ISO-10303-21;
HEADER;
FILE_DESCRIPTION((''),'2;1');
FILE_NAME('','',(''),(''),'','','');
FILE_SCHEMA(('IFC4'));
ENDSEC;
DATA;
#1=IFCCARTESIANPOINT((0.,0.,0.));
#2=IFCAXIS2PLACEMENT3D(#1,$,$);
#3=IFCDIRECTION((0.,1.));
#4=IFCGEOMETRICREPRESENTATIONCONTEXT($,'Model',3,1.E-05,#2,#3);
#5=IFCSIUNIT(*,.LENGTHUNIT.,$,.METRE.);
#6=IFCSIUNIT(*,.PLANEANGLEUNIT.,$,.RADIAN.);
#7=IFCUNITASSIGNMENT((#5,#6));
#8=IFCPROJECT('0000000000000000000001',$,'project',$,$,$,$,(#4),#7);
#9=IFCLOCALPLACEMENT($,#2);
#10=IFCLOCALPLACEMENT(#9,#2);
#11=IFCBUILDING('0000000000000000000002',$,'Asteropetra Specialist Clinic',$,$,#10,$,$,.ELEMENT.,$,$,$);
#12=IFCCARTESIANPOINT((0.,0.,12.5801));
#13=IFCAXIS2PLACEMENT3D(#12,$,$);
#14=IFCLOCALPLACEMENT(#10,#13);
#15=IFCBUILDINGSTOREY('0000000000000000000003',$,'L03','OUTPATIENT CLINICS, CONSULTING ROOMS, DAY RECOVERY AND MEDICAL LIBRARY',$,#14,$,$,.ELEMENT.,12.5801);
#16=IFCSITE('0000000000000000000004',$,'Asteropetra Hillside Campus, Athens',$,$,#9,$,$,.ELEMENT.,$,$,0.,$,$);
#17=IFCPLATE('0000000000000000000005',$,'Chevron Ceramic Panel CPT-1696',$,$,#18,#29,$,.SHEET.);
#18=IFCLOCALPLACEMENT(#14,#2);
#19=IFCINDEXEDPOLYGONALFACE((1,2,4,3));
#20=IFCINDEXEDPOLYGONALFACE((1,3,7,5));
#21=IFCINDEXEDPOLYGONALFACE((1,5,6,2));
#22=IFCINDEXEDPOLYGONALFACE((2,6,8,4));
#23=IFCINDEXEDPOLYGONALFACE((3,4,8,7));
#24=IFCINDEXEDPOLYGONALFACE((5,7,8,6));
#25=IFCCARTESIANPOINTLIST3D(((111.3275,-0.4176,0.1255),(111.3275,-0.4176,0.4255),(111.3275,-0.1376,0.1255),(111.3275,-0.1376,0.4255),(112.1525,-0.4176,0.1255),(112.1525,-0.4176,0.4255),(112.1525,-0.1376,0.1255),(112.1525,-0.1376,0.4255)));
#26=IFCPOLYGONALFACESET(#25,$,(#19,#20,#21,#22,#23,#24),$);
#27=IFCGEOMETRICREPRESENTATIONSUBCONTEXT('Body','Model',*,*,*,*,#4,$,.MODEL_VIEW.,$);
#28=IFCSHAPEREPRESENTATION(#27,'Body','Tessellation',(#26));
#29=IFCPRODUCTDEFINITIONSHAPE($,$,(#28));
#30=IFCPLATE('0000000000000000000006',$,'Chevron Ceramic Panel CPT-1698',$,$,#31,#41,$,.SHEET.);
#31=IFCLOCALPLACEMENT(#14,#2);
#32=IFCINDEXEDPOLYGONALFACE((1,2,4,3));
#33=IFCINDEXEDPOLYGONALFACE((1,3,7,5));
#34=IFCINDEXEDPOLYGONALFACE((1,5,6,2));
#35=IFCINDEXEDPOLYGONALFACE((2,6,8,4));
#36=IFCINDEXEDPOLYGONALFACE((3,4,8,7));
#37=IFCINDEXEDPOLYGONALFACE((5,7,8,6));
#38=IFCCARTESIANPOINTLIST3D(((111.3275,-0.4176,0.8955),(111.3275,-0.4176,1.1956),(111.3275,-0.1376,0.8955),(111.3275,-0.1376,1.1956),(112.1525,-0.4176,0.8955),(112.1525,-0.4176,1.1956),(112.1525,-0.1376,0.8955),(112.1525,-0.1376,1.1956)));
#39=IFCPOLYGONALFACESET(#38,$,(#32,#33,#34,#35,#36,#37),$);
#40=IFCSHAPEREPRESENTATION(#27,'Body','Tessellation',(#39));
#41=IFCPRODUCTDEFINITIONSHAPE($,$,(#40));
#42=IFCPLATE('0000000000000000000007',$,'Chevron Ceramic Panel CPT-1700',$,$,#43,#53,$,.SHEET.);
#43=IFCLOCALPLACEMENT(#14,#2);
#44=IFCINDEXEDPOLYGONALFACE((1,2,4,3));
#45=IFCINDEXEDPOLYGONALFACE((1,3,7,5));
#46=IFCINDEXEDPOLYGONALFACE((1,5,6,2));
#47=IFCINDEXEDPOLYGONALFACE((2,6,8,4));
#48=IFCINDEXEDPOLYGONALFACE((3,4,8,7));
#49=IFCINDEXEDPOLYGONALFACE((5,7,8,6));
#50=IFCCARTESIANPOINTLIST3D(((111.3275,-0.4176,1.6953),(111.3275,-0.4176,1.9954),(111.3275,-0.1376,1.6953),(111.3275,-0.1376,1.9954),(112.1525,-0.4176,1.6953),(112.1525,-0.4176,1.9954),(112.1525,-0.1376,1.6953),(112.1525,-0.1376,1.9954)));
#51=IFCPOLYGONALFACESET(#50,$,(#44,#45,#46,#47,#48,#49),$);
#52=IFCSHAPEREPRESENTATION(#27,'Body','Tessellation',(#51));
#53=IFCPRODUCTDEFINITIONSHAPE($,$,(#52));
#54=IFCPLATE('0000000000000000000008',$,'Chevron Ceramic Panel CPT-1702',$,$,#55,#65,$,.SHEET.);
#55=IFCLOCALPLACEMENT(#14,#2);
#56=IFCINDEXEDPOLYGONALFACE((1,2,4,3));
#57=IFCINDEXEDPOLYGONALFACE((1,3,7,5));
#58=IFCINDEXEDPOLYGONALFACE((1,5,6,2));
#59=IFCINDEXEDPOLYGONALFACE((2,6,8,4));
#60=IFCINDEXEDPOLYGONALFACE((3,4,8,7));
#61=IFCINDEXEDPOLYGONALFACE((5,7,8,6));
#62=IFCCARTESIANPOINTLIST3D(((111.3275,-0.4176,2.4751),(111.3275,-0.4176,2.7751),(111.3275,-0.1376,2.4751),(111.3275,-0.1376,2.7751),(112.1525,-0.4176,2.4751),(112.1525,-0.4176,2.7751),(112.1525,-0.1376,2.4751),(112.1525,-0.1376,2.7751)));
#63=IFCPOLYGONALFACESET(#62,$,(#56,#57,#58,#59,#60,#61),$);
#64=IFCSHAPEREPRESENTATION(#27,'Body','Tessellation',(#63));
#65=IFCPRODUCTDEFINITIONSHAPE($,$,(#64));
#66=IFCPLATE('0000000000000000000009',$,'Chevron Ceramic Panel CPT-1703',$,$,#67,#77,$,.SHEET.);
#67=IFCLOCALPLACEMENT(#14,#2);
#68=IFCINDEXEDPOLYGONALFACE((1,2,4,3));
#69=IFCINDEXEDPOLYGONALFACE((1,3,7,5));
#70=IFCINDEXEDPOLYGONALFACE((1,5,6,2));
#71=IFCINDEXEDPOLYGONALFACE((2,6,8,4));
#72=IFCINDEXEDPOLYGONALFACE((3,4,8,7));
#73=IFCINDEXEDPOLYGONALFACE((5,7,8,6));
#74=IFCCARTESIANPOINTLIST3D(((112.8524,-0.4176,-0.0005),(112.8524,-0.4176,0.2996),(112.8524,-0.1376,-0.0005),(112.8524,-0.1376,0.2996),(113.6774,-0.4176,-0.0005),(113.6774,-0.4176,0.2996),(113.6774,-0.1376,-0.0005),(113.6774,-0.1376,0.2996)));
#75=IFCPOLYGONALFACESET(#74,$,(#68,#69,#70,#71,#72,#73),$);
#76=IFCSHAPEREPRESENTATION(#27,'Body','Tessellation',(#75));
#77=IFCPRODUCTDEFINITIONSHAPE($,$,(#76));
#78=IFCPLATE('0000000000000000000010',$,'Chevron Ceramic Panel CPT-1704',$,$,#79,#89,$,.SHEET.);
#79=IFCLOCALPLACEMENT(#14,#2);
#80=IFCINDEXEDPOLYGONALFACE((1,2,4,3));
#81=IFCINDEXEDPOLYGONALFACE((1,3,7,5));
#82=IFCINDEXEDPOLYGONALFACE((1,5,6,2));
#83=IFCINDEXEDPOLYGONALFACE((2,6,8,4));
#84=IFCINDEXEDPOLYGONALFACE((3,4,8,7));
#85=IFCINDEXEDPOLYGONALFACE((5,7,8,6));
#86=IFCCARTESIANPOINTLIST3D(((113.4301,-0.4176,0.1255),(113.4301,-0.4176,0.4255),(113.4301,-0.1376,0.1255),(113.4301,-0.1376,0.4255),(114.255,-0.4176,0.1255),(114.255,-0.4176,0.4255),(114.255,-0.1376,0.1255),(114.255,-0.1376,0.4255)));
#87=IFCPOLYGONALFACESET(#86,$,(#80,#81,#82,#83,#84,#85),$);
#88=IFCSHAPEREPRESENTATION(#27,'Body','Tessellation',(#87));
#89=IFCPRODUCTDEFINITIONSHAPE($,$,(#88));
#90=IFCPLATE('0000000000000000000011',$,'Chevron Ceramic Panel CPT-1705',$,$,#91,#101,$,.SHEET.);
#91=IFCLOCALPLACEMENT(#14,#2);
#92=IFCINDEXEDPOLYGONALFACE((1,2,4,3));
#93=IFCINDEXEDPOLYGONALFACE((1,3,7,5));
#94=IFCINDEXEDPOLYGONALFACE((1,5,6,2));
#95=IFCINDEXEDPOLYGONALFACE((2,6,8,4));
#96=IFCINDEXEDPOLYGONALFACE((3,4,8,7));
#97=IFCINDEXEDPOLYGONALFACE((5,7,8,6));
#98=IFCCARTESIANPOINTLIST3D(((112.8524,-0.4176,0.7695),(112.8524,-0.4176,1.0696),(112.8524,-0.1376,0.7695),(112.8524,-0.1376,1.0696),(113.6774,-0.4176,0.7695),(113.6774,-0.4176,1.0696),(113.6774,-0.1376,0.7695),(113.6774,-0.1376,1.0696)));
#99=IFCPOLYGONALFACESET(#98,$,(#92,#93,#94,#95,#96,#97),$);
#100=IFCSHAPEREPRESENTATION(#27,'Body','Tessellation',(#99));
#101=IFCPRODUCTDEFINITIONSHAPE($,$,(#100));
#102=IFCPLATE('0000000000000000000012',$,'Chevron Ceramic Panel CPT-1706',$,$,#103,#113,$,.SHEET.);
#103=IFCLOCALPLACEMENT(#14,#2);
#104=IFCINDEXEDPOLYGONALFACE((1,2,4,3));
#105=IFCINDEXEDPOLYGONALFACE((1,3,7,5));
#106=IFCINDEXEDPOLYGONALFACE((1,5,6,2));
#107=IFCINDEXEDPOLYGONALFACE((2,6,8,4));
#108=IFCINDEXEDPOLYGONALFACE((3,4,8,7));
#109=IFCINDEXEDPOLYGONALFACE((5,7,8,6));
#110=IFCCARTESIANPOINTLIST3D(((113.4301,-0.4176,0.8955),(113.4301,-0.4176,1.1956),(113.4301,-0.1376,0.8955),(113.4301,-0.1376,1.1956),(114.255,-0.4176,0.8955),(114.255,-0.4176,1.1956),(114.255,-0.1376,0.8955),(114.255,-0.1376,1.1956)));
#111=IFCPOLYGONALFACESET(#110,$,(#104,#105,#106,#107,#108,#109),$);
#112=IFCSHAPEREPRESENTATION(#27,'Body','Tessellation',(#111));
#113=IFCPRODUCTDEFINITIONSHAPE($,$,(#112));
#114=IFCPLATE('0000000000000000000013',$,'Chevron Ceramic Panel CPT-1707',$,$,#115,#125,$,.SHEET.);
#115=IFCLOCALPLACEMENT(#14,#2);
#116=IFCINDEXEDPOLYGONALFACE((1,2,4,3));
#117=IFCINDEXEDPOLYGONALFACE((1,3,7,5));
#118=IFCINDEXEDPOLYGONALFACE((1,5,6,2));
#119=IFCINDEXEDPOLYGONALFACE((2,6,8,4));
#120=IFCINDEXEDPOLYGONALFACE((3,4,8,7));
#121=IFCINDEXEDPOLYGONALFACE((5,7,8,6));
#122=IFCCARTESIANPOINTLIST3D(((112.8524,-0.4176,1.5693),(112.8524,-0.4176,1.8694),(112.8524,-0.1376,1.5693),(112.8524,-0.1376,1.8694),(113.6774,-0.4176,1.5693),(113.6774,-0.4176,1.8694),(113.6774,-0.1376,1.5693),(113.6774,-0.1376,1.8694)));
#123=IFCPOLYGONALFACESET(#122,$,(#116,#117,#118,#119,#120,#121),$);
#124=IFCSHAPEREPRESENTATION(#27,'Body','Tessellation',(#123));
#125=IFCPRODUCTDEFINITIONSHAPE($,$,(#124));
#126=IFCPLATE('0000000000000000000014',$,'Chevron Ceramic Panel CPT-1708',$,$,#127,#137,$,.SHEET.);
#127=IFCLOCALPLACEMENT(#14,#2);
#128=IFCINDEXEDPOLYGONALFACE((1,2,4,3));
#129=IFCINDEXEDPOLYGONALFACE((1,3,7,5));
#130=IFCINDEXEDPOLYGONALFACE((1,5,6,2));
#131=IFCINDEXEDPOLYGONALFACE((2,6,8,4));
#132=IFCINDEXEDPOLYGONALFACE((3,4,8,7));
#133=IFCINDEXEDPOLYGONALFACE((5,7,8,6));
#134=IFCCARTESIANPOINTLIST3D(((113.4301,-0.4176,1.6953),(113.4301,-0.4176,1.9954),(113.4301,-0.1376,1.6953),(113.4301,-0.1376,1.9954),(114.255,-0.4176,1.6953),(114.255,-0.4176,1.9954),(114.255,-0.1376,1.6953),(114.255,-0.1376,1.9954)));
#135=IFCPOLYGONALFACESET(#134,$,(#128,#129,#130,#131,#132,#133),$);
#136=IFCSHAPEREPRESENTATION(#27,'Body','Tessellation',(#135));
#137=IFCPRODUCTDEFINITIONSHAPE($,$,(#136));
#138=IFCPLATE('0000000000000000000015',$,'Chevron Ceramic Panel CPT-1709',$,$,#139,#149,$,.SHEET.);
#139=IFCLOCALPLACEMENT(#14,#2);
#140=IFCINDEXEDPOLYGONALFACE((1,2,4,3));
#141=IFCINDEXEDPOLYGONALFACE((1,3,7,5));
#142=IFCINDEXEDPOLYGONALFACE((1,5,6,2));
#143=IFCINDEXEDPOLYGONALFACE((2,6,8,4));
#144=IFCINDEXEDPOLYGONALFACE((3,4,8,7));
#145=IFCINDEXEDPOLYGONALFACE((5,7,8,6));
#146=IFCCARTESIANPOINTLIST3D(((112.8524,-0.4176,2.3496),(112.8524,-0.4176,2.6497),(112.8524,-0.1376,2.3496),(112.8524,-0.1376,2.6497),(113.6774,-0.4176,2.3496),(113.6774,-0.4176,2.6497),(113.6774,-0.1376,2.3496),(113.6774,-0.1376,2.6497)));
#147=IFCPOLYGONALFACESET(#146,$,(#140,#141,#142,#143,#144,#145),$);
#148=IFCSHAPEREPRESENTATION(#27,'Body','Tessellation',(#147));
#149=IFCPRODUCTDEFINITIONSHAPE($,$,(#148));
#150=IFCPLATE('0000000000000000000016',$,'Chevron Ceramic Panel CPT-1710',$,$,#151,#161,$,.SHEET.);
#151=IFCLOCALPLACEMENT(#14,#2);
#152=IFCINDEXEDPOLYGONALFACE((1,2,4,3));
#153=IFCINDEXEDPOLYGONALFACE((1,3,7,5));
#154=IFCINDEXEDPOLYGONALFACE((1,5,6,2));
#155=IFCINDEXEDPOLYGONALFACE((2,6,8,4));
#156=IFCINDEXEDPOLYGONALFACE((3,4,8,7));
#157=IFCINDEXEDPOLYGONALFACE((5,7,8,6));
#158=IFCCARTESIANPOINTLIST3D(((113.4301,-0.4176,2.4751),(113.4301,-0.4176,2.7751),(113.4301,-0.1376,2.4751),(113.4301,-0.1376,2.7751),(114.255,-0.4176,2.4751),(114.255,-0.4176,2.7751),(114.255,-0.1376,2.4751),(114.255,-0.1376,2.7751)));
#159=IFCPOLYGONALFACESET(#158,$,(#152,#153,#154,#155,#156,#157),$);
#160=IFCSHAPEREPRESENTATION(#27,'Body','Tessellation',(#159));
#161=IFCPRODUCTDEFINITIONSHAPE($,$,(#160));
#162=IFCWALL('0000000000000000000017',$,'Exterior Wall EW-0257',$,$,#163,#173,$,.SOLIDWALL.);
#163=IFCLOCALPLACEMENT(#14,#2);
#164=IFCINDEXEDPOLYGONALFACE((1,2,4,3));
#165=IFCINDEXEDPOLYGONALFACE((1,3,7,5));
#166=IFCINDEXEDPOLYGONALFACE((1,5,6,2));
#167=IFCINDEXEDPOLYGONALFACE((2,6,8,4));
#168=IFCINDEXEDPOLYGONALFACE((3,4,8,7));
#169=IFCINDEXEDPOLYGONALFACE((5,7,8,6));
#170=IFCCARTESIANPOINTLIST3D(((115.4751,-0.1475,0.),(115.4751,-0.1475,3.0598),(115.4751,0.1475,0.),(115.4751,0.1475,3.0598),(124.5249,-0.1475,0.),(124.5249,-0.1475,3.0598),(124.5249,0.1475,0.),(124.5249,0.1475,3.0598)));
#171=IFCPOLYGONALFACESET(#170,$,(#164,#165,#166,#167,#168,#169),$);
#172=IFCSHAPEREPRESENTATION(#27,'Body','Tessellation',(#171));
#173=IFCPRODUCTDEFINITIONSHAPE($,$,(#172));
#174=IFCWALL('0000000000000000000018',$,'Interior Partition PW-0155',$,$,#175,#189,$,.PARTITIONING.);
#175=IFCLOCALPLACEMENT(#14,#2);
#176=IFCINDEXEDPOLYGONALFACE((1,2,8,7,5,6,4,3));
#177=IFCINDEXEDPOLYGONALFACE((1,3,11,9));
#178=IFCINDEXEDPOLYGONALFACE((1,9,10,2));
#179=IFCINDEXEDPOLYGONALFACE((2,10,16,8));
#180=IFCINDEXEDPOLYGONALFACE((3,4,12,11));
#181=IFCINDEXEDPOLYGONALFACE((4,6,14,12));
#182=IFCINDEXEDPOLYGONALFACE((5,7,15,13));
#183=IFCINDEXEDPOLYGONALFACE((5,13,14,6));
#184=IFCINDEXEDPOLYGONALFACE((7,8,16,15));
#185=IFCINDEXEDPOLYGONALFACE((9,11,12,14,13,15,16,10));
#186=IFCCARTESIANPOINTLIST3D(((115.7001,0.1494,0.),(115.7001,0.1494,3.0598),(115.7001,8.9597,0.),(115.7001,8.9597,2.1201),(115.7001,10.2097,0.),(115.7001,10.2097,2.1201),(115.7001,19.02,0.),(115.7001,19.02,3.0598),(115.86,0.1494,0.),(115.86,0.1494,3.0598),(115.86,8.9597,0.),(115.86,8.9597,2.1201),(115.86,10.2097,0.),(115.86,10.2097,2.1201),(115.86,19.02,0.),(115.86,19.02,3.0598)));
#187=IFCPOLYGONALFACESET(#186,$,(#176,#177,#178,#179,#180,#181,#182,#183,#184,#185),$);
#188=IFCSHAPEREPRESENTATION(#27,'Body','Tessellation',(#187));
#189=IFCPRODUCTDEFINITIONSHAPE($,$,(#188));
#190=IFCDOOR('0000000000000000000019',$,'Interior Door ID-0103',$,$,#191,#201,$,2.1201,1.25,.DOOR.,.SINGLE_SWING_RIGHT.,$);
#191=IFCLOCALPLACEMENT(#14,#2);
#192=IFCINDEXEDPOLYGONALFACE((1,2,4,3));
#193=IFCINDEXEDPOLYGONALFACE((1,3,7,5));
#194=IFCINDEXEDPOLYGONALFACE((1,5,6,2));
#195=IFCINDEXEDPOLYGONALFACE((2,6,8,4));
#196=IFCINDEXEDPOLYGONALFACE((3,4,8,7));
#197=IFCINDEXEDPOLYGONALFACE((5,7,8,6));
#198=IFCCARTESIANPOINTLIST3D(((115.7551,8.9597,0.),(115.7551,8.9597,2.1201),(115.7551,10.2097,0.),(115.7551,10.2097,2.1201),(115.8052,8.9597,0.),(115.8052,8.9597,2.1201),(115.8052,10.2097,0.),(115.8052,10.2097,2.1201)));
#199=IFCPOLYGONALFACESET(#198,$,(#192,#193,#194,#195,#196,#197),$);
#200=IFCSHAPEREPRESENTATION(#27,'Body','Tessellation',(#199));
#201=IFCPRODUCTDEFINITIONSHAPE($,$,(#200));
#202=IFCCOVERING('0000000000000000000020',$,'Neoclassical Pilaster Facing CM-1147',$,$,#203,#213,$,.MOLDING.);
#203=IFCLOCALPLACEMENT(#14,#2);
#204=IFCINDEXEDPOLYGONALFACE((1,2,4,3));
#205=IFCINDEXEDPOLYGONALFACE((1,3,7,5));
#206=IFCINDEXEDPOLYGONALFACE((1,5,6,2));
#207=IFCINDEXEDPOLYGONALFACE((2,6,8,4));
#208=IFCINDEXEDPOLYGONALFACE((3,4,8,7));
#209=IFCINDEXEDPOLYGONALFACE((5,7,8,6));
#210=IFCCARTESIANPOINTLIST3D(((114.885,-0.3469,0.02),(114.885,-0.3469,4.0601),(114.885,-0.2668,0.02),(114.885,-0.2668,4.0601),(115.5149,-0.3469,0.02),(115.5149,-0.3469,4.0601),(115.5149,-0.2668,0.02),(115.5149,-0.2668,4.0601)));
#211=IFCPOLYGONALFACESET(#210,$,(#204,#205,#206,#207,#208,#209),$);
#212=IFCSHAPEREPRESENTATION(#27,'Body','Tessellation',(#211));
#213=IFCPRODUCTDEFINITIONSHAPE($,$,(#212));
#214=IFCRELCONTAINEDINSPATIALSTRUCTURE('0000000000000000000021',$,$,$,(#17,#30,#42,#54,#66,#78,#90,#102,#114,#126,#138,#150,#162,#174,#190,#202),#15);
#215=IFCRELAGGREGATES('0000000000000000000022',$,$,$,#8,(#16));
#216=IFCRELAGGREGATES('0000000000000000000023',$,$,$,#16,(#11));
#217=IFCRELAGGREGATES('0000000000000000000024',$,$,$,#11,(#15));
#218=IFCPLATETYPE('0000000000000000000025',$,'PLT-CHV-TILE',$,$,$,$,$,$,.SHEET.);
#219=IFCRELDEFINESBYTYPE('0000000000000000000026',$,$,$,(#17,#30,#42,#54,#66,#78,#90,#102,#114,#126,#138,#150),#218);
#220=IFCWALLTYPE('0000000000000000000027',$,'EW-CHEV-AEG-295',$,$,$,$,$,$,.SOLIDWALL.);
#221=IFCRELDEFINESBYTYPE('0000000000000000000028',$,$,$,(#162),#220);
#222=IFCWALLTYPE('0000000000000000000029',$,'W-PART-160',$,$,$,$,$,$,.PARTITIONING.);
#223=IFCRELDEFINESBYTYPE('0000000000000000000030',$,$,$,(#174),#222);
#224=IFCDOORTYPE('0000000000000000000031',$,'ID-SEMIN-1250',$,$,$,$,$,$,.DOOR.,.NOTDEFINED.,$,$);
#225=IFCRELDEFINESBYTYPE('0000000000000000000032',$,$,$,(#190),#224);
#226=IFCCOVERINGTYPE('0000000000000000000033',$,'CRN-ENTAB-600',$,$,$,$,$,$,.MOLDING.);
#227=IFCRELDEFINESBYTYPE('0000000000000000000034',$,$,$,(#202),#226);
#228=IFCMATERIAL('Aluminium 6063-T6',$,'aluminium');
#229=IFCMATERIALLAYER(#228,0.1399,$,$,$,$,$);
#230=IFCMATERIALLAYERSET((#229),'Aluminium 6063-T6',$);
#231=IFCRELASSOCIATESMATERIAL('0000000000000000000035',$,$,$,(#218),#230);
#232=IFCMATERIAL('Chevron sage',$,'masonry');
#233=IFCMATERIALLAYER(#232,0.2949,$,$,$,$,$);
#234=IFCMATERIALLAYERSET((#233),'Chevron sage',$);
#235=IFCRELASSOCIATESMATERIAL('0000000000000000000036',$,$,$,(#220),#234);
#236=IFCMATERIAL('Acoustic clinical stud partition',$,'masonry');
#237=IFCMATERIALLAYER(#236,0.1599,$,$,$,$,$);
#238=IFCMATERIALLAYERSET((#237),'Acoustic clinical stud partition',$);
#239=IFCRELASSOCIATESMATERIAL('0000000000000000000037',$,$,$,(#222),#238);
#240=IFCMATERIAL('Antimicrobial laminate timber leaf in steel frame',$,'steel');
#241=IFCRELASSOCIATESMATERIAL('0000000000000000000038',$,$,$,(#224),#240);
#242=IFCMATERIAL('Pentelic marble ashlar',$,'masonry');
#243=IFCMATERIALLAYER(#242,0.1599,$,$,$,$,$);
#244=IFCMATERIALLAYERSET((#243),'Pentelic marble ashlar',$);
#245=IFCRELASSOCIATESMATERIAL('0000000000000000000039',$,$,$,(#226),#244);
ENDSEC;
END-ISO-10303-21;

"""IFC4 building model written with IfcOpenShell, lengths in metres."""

from ifc_helpers import new_model, si_unit, direction, frame, frame_2d, origin, origin_2d, place, context, subcontext, project, spatial, rectangle, extrude, material, layer, layer_set, type_object, element, fill, save


model = new_model("IFC4")

# Units and contexts
model_context = context("Model", 3, precision=1e-05, world=origin(), true_north=direction((0.0, 1.0)))
body_context = subcontext(model_context, "Body", "Model", "MODEL_VIEW")
ifc_project = project(units=[si_unit("LENGTHUNIT", "METRE"), si_unit("PLANEANGLEUNIT", "RADIAN")], contexts=[model_context])

# Site, building, storey
site_placement = place(None, origin())
site = spatial("IfcSite", under=ifc_project, at=site_placement, Name="Asteropetra Hillside Campus, Athens", CompositionType="ELEMENT", RefElevation=0.0)
building_placement = place(site_placement, origin())
building = spatial("IfcBuilding", under=site, at=building_placement, Name="Asteropetra Specialist Clinic", CompositionType="ELEMENT")
storey_placement = place(building_placement, frame((0.0, 0.0, 12.5801)))
storey = spatial("IfcBuildingStorey", under=building, at=storey_placement, Name="L03", Description="OUTPATIENT CLINICS, CONSULTING ROOMS, DAY RECOVERY AND MEDICAL LIBRARY", CompositionType="ELEMENT", Elevation=12.5801)

# Plates
ifc_material_1 = material(Name="Aluminium 6063-T6", Category="aluminium")
ifc_layer_1 = layer(ifc_material_1, 0.1399)
ifc_layer_set_1 = layer_set([ifc_layer_1], Name="Aluminium 6063-T6")
plate_type_1 = type_object("IfcPlateType", Name="PLT-CHV-TILE", PredefinedType="SHEET", material=ifc_layer_set_1)
for number, where, z_axis, x_axis, name in (
    (1, (111.74, -0.2776, 0.1255), (0.0, 0.0, 1.0), (1.0, 0.0, 0.0), "Chevron Ceramic Panel CPT-1696"),
    (2, (111.74, -0.2776, 0.8955), (0.0, 0.0, 1.0), (1.0, 0.0, 0.0), "Chevron Ceramic Panel CPT-1698"),
    (3, (111.74, -0.2776, 1.6953), (0.0, 0.0, 1.0), (1.0, 0.0, 0.0), "Chevron Ceramic Panel CPT-1700"),
    (4, (111.74, -0.2776, 2.4751), (0.0, 0.0, 1.0), (1.0, 0.0, 0.0), "Chevron Ceramic Panel CPT-1702"),
    (5, (113.2649, -0.2776, -0.0005), (0.0, 0.0, 1.0), (1.0, 0.0, 0.0), "Chevron Ceramic Panel CPT-1703"),
    (6, (113.8425, -0.2776, 0.1255), (0.0, 0.0, 1.0), (1.0, 0.0, 0.0), "Chevron Ceramic Panel CPT-1704"),
    (7, (113.2649, -0.2776, 0.7695), (0.0, 0.0, 1.0), (1.0, 0.0, 0.0), "Chevron Ceramic Panel CPT-1705"),
    (8, (113.8425, -0.2776, 0.8955), (0.0, 0.0, 1.0), (1.0, 0.0, 0.0), "Chevron Ceramic Panel CPT-1706"),
    (9, (113.2649, -0.2776, 1.5693), (0.0, 0.0, 1.0), (1.0, 0.0, 0.0), "Chevron Ceramic Panel CPT-1707"),
    (10, (113.8425, -0.2776, 1.6953), (0.0, 0.0, 1.0), (1.0, 0.0, 0.0), "Chevron Ceramic Panel CPT-1708"),
    (11, (113.2649, -0.2776, 2.3496), (0.0, 0.0, 1.0), (1.0, 0.0, 0.0), "Chevron Ceramic Panel CPT-1709"),
    (12, (113.8425, -0.2776, 2.4751), (0.0, 0.0, 1.0), (1.0, 0.0, 0.0), "Chevron Ceramic Panel CPT-1710"),
):
    element("IfcPlate", number, at=place(storey_placement, frame(where, z_axis=z_axis, x_axis=x_axis)), inside=storey, type_object=plate_type_1, Name=name, PredefinedType="SHEET", context=body_context, shape_type="SweptSolid", body=[
        extrude(rectangle(XDim=0.825, YDim=0.28, at=origin_2d()), origin(), (0.0, 0.0, 1.0), 0.3),
    ])

# Wall
ifc_material_2 = material(Name="Chevron sage", Category="masonry")
ifc_layer_2 = layer(ifc_material_2, 0.2949)
ifc_layer_set_2 = layer_set([ifc_layer_2], Name="Chevron sage")
wall_type_1 = type_object("IfcWallType", Name="EW-CHEV-AEG-295", PredefinedType="SOLIDWALL", material=ifc_layer_set_2)
wall_1_placement = place(storey_placement, frame((115.4751, 0.0, 0.0), z_axis=(0.0, 0.0, 1.0), x_axis=(1.0, 0.0, 0.0)))
element("IfcWall", 13, at=wall_1_placement, inside=storey, type_object=wall_type_1, Name="Exterior Wall EW-0257", PredefinedType="SOLIDWALL", context=body_context, shape_type="SweptSolid", body=[
    extrude(rectangle(XDim=9.0498, YDim=0.2949, at=frame_2d((4.5249, 0.0))), origin(), (0.0, 0.0, 1.0), 3.0598),
])

# Wall, opening, door
ifc_material_3 = material(Name="Acoustic clinical stud partition", Category="masonry")
ifc_layer_3 = layer(ifc_material_3, 0.1599)
ifc_layer_set_3 = layer_set([ifc_layer_3], Name="Acoustic clinical stud partition")
wall_type_2 = type_object("IfcWallType", Name="W-PART-160", PredefinedType="PARTITIONING", material=ifc_layer_set_3)
wall_2_placement = place(storey_placement, frame((115.78, 0.1494, 0.0), z_axis=(0.0, 0.0, 1.0), x_axis=(0.0, 1.0, 0.0)))
wall_2 = element("IfcWall", 14, at=wall_2_placement, inside=storey, type_object=wall_type_2, Name="Interior Partition PW-0155", PredefinedType="PARTITIONING", context=body_context, shape_type="SweptSolid", body=[
    extrude(rectangle(XDim=18.8706, YDim=0.1599, at=frame_2d((9.4353, 0.0))), origin(), (0.0, 0.0, 1.0), 3.0598),
])
opening_placement = place(wall_2_placement, frame((8.8103, 0.0, 0.0)))
opening = element("IfcOpeningElement", 15, at=opening_placement, cuts=wall_2, PredefinedType="OPENING", context=body_context, shape_type="SweptSolid", body=[
    extrude(rectangle(XDim=1.25, YDim=2.1201, at=frame_2d((0.625, 1.0601))), frame((0.0, 0.0898, 0.0), z_axis=(0.0, -1.0, 0.0), x_axis=(1.0, 0.0, 0.0)), (0.0, 0.0, 1.0), 0.1799),
])
ifc_material_4 = material(Name="Antimicrobial laminate timber leaf in steel frame", Category="steel")
door_type = type_object("IfcDoorType", Name="ID-SEMIN-1250", OperationType="NOTDEFINED", PredefinedType="DOOR", material=ifc_material_4)
door_placement = place(opening_placement, origin())
door = element("IfcDoor", 16, at=door_placement, inside=storey, type_object=door_type, Name="Interior Door ID-0103", OperationType="SINGLE_SWING_RIGHT", OverallHeight=2.1201, OverallWidth=1.25, PredefinedType="DOOR", context=body_context, shape_type="SweptSolid", body=[
    extrude(rectangle(XDim=1.25, YDim=2.1201, at=frame_2d((0.625, 1.0601))), frame((0.0, 0.0249, 0.0), z_axis=(0.0, -1.0, 0.0), x_axis=(1.0, 0.0, 0.0)), (0.0, 0.0, 1.0), 0.05),
])
fill(opening, door)

# Covering
ifc_material_5 = material(Name="Pentelic marble ashlar", Category="masonry")
ifc_layer_4 = layer(ifc_material_5, 0.1599)
ifc_layer_set_4 = layer_set([ifc_layer_4], Name="Pentelic marble ashlar")
covering_type_1 = type_object("IfcCoveringType", Name="CRN-ENTAB-600", PredefinedType="MOLDING", material=ifc_layer_set_4)
covering_1_placement = place(storey_placement, frame((115.2, -0.3069, 0.02), z_axis=(0.0, 0.0, 1.0), x_axis=(1.0, 0.0, 0.0)))
element("IfcCovering", 17, at=covering_1_placement, inside=storey, type_object=covering_type_1, Name="Neoclassical Pilaster Facing CM-1147", PredefinedType="MOLDING", context=body_context, shape_type="SweptSolid", body=[
    extrude(rectangle(XDim=0.6299, YDim=0.0801, at=origin_2d()), origin(), (0.0, 0.0, 1.0), 4.04),
])

save(model, "model.ifc")
